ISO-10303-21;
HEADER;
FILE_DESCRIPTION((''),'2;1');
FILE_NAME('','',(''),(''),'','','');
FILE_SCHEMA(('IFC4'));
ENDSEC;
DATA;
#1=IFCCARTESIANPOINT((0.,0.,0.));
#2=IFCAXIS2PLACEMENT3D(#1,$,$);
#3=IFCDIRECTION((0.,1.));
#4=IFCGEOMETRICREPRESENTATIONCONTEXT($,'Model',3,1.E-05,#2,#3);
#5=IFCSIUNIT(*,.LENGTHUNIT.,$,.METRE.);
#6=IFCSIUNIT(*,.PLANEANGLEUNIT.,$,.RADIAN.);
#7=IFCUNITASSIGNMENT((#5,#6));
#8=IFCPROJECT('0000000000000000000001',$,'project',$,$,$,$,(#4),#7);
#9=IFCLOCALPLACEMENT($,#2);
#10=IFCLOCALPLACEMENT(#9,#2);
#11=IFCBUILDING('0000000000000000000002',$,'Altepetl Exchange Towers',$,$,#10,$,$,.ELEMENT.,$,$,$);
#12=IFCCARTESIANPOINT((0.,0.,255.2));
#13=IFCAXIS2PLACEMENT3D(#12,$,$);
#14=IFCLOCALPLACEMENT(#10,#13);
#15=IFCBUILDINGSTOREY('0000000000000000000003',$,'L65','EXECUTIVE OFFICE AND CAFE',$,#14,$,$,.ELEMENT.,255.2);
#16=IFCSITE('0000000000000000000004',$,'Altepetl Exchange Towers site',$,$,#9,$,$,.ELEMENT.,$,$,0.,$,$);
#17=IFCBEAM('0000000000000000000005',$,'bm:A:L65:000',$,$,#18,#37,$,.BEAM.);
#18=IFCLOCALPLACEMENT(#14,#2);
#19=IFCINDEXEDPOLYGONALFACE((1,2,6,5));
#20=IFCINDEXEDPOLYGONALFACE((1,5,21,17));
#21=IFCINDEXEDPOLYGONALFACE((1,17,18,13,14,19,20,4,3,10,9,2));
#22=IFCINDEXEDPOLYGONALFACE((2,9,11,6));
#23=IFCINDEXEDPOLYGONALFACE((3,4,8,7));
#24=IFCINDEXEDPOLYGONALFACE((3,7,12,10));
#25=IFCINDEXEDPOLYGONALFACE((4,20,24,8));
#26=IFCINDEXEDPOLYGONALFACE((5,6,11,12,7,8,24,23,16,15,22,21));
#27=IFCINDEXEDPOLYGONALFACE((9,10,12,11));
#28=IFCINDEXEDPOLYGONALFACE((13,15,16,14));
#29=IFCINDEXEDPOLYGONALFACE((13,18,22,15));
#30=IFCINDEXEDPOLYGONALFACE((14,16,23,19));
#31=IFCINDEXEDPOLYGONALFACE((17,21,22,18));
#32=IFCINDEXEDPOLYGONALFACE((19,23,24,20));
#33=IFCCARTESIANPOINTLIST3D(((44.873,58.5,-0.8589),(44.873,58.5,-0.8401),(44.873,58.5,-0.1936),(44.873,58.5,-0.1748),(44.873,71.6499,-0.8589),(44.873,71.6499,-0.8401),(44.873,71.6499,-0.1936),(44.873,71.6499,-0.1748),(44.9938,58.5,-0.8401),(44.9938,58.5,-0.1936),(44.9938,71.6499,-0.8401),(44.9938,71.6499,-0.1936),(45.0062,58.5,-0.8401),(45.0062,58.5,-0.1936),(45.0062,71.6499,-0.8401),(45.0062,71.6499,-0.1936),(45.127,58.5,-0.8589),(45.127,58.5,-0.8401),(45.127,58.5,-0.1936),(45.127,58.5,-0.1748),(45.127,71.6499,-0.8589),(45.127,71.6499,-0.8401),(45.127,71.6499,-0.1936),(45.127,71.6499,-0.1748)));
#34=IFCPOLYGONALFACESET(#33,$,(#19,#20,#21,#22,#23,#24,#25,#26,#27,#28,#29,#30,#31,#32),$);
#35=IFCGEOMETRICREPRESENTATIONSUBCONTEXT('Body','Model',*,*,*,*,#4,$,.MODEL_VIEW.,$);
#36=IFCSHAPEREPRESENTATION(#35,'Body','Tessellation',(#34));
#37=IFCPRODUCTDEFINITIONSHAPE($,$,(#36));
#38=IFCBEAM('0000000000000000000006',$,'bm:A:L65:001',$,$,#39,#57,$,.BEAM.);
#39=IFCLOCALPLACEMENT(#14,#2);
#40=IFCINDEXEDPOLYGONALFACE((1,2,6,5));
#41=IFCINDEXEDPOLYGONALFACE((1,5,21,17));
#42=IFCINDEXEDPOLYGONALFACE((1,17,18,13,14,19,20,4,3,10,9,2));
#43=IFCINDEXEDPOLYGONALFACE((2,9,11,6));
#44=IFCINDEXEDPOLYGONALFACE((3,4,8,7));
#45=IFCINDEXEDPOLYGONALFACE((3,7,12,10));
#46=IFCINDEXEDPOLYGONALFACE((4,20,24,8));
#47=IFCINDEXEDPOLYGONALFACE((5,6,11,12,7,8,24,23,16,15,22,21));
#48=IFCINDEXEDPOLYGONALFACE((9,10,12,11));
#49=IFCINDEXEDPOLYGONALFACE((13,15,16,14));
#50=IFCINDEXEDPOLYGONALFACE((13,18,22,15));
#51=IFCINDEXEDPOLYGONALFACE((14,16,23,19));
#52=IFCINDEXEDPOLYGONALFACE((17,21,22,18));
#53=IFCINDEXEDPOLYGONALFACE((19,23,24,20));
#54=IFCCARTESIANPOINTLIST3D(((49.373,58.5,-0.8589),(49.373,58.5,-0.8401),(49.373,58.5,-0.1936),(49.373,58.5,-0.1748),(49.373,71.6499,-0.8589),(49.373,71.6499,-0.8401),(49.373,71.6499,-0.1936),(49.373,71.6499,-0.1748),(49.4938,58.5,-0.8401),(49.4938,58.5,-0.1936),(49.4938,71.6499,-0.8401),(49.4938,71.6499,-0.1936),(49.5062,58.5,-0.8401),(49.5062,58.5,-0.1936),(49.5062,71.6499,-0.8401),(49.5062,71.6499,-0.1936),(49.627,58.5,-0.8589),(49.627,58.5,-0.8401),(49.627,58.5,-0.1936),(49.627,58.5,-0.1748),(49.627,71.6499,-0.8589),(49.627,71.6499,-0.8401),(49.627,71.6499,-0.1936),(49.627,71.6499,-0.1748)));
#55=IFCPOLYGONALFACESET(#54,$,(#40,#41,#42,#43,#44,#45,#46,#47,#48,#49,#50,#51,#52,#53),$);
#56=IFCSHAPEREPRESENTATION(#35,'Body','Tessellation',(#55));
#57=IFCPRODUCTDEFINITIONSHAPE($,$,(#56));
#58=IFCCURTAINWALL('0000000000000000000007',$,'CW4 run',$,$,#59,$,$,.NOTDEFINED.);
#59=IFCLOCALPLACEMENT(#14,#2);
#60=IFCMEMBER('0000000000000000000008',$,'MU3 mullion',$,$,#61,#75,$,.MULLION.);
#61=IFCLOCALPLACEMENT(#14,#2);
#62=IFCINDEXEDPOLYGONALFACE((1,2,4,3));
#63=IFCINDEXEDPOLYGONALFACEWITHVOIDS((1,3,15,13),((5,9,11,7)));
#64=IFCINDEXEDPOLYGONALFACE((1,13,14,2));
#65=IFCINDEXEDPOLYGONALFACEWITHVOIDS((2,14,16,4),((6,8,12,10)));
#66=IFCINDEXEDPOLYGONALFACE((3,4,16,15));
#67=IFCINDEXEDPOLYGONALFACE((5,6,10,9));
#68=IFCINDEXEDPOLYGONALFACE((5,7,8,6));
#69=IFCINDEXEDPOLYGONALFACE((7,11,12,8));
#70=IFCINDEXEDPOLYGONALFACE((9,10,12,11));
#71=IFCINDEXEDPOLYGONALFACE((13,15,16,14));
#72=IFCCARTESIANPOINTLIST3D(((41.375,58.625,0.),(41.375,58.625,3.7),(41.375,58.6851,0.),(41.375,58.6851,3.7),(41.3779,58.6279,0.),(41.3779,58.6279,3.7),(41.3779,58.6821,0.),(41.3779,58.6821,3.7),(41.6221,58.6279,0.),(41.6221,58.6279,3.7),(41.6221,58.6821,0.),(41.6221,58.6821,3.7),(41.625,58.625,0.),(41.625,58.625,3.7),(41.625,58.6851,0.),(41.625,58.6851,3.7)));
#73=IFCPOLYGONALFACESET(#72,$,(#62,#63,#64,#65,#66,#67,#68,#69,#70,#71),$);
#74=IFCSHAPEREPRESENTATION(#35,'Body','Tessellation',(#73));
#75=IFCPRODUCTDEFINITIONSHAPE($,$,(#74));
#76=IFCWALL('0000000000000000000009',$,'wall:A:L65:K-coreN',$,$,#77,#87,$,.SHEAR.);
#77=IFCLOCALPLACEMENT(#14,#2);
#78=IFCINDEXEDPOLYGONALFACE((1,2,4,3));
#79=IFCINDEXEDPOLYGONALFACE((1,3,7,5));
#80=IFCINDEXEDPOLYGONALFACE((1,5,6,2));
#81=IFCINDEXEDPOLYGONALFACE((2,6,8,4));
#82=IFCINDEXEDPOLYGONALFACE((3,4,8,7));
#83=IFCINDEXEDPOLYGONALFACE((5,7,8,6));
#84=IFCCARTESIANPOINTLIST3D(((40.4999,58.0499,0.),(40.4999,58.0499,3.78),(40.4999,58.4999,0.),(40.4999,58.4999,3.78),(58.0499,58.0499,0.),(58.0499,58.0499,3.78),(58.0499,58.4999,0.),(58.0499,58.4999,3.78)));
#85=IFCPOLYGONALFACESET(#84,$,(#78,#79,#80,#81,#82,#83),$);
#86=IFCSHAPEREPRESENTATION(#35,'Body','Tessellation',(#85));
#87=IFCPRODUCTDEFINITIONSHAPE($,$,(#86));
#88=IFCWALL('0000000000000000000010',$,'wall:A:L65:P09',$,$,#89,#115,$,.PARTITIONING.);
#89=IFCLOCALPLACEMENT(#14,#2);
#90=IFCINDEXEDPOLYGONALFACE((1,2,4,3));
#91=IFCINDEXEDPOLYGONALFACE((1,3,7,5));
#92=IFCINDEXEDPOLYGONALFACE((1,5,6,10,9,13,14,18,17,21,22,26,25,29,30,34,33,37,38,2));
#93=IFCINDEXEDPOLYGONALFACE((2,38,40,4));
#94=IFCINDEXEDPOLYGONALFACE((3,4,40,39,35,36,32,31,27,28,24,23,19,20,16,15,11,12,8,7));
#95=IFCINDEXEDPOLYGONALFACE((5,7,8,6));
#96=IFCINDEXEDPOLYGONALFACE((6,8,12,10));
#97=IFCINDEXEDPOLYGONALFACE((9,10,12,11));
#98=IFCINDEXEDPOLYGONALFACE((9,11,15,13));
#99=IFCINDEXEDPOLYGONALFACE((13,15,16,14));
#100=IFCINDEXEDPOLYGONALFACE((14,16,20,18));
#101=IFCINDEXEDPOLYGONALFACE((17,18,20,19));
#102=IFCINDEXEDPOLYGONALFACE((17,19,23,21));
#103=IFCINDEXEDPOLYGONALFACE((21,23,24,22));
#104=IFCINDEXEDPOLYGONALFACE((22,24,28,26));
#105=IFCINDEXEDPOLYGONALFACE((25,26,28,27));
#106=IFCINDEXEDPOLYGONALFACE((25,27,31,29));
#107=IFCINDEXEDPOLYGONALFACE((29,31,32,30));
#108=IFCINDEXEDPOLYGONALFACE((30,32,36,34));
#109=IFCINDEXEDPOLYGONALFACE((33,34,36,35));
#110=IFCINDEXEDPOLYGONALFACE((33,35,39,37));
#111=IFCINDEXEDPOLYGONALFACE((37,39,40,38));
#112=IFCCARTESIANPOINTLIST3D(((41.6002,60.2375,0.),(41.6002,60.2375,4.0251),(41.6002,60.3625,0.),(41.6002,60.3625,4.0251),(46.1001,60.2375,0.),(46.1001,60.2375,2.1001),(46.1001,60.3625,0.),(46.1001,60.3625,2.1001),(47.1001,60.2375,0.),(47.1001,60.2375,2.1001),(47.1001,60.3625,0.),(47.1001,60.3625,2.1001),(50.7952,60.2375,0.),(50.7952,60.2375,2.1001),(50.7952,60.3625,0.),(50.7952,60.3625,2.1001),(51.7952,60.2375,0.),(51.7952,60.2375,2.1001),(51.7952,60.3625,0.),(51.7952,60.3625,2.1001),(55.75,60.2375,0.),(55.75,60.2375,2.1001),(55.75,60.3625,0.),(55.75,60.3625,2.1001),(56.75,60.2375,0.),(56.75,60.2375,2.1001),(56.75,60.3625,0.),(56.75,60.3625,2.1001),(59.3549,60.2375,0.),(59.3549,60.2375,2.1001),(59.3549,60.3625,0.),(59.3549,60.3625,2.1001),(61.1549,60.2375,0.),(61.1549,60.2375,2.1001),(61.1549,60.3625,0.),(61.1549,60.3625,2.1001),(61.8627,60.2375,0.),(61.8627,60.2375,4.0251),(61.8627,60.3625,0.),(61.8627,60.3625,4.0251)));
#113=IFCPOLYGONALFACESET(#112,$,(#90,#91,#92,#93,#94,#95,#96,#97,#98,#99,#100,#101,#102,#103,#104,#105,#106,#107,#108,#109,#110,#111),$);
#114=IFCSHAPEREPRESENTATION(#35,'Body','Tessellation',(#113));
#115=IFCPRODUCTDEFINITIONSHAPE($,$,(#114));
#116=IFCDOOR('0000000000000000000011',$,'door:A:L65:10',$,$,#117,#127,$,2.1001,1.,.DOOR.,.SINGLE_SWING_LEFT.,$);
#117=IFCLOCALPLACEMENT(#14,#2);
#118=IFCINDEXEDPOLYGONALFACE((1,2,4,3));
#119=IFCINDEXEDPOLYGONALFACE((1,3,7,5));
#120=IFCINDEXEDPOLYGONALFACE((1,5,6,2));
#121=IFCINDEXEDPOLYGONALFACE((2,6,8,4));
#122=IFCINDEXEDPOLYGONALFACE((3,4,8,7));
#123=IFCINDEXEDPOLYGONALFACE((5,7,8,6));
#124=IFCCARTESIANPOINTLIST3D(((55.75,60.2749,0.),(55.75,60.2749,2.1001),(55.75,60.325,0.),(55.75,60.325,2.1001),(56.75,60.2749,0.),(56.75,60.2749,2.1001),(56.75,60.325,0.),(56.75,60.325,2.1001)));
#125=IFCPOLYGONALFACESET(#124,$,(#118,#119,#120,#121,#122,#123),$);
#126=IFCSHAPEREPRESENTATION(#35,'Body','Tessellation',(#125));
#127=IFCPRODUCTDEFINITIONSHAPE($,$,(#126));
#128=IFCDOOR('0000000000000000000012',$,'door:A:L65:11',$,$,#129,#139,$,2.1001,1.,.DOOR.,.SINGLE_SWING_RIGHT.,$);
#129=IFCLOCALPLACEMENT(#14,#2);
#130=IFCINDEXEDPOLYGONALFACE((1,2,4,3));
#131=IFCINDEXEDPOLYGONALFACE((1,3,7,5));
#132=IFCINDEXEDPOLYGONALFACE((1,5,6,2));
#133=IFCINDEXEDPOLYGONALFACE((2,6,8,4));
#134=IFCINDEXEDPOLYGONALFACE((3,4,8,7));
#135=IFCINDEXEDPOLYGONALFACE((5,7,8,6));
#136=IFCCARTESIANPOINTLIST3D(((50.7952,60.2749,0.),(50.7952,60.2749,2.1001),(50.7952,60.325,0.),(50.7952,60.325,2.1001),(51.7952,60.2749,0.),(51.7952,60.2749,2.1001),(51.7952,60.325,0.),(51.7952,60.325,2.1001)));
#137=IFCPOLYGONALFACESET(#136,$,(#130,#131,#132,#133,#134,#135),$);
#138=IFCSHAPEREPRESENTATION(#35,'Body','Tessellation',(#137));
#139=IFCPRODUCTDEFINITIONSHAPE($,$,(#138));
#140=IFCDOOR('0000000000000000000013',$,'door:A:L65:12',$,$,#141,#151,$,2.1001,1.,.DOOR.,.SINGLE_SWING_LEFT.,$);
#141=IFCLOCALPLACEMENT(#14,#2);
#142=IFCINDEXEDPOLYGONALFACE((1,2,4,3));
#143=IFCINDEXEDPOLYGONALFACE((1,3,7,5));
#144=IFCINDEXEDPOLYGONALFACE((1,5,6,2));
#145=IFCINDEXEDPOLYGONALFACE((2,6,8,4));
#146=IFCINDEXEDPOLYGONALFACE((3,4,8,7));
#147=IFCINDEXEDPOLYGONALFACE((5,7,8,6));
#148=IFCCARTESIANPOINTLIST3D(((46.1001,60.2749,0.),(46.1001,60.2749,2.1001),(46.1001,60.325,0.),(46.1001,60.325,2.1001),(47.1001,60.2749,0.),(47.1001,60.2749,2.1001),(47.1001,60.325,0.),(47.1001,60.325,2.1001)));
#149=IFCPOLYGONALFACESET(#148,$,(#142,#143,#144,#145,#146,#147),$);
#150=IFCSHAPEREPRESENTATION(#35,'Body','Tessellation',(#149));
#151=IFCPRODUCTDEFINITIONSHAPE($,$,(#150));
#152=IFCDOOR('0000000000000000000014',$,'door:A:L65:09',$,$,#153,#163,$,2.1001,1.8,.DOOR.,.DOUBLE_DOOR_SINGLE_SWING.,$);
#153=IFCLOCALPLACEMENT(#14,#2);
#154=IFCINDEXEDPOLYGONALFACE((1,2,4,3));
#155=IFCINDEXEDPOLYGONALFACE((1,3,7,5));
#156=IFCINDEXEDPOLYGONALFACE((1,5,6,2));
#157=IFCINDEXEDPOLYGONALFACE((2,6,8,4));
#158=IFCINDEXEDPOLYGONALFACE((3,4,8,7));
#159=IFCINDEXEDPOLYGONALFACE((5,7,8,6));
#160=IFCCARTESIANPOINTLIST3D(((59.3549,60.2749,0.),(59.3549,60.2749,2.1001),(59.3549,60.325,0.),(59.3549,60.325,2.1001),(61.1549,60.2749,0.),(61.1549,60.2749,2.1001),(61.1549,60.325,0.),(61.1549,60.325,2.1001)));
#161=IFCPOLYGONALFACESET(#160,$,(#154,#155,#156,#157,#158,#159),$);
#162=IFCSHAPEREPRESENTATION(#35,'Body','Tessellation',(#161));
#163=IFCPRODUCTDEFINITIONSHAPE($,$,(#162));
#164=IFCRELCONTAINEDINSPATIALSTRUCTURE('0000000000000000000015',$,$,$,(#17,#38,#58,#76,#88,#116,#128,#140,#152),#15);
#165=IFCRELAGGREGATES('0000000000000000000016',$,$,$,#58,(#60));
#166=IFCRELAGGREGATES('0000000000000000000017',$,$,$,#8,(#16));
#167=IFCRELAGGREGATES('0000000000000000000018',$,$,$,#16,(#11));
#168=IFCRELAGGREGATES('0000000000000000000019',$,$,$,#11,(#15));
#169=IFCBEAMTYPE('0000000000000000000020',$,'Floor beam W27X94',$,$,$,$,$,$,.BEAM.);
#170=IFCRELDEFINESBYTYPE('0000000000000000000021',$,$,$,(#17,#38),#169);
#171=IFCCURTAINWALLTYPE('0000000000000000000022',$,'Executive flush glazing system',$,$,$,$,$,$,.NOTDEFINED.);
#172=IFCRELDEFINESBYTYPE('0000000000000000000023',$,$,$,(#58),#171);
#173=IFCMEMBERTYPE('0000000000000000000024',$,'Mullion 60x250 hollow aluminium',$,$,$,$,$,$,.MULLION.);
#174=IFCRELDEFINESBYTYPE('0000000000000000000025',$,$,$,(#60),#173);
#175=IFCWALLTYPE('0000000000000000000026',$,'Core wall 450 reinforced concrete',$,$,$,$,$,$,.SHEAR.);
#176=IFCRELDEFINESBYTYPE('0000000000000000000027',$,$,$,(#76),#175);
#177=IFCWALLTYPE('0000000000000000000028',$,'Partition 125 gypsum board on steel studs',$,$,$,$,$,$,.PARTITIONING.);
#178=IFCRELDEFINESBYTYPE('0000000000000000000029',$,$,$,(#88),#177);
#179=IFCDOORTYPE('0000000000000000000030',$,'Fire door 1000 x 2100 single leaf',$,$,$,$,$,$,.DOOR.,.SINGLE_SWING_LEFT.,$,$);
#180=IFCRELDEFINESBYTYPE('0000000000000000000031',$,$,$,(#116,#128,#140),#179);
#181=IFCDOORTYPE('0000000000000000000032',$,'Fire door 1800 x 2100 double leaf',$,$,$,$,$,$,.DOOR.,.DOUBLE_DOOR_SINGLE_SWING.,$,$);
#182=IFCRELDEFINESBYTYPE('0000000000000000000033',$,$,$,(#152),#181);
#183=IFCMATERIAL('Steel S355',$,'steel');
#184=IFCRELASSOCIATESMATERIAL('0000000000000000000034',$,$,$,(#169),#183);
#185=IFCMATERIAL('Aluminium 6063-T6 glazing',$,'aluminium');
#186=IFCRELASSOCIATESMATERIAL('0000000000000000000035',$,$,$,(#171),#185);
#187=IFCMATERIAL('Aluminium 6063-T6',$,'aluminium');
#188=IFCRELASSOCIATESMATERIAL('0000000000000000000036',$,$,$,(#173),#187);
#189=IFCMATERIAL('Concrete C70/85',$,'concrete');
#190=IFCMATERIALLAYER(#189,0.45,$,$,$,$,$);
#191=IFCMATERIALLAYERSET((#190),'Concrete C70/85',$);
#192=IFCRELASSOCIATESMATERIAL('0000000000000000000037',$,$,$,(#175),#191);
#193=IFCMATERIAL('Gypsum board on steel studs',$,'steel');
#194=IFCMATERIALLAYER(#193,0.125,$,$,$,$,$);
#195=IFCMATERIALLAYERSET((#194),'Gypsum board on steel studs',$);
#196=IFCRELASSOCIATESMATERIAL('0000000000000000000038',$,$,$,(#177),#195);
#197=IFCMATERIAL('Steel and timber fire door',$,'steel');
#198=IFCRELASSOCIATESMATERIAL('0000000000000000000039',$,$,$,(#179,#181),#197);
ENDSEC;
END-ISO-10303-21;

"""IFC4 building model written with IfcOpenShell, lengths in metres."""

from ifc_helpers import new_model, si_unit, direction, frame, frame_2d, origin, origin_2d, place, context, subcontext, project, spatial, rectangle, hollow_rectangle, i_section, extrude, material, layer, layer_set, material_profile, profile_set, type_object, element, fill, aggregate, save


model = new_model("IFC4")

# Units and contexts
model_context = context("Model", 3, precision=1e-05, world=origin(), true_north=direction((0.0, 1.0)))
body_context = subcontext(model_context, "Body", "Model", "MODEL_VIEW")
ifc_project = project(units=[si_unit("LENGTHUNIT", "METRE"), si_unit("PLANEANGLEUNIT", "RADIAN")], contexts=[model_context])

# Site, building, storey
site_placement = place(None, origin())
site = spatial("IfcSite", under=ifc_project, at=site_placement, Name="Altepetl Exchange Towers site", CompositionType="ELEMENT", RefElevation=0.0)
building_placement = place(site_placement, origin())
building = spatial("IfcBuilding", under=site, at=building_placement, Name="Altepetl Exchange Towers", CompositionType="ELEMENT")
storey_placement = place(building_placement, frame((0.0, 0.0, 255.2)))
storey = spatial("IfcBuildingStorey", under=building, at=storey_placement, Name="L65", Description="EXECUTIVE OFFICE AND CAFE", CompositionType="ELEMENT", Elevation=255.2)

# Beams
ifc_material_1 = material(Name="Steel S355", Category="steel")
ifc_material_profile_1 = material_profile(ifc_material_1, i_section(OverallWidth=0.2539, OverallDepth=0.6841, WebThickness=0.0125, FlangeThickness=0.0188, at=origin_2d()), Name="W27X94")
ifc_profile_set_1 = profile_set([ifc_material_profile_1], Name="Steel S355")
beam_type = type_object("IfcBeamType", Name="Floor beam W27X94", PredefinedType="BEAM", material=ifc_profile_set_1)
for number, where, z_axis, x_axis, name in (
    (1, (45.0, 58.5, -0.5168), (0.0, 1.0, 0.0), (-1.0, 0.0, 0.0), "bm:A:L65:000"),
    (2, (49.5, 58.5, -0.5168), (0.0, 1.0, 0.0), (-1.0, 0.0, 0.0), "bm:A:L65:001"),
):
    element("IfcBeam", number, at=place(storey_placement, frame(where, z_axis=z_axis, x_axis=x_axis)), inside=storey, type_object=beam_type, Name=name, PredefinedType="BEAM", context=body_context, shape_type="SweptSolid", body=[
        extrude(i_section(OverallWidth=0.2539, OverallDepth=0.6841, WebThickness=0.0125, FlangeThickness=0.0188, at=origin_2d()), origin(), (0.0, 0.0, 1.0), 13.1499),
    ])

# Curtain wall, member
ifc_material_2 = material(Name="Aluminium 6063-T6 glazing", Category="aluminium")
curtain_wall_type = type_object("IfcCurtainWallType", Name="Executive flush glazing system", PredefinedType="NOTDEFINED", material=ifc_material_2)
curtain_wall_placement = place(storey_placement, origin())
curtain_wall = element("IfcCurtainWall", 3, at=curtain_wall_placement, inside=storey, type_object=curtain_wall_type, Name="CW4 run", PredefinedType="NOTDEFINED")
ifc_material_3 = material(Name="Aluminium 6063-T6", Category="aluminium")
ifc_material_profile_2 = material_profile(ifc_material_3, hollow_rectangle(XDim=0.0601, YDim=0.25, WallThickness=0.0029, at=origin_2d()), Name="Mullion 60x250 hollow aluminium")
ifc_profile_set_2 = profile_set([ifc_material_profile_2], Name="Aluminium 6063-T6")
member_type = type_object("IfcMemberType", Name="Mullion 60x250 hollow aluminium", PredefinedType="MULLION", material=ifc_profile_set_2)
member_placement = place(storey_placement, frame((41.5, 58.655, 0.0), z_axis=(0.0, 0.0, 1.0), x_axis=(0.0, -1.0, 0.0)))
member = element("IfcMember", 4, at=member_placement, type_object=member_type, Name="MU3 mullion", PredefinedType="MULLION", context=body_context, shape_type="SweptSolid", body=[
    extrude(hollow_rectangle(XDim=0.0601, YDim=0.25, WallThickness=0.0029, at=origin_2d()), origin(), (0.0, 0.0, 1.0), 3.7),
])
aggregate(curtain_wall, [member])

# Wall
ifc_material_4 = material(Name="Concrete C70/85", Category="concrete")
ifc_layer_1 = layer(ifc_material_4, 0.45)
ifc_layer_set_1 = layer_set([ifc_layer_1], Name="Concrete C70/85")
wall_type_1 = type_object("IfcWallType", Name="Core wall 450 reinforced concrete", PredefinedType="SHEAR", material=ifc_layer_set_1)
wall_1_placement = place(storey_placement, frame((40.5, 58.2749, 0.0)))
element("IfcWall", 5, at=wall_1_placement, inside=storey, type_object=wall_type_1, Name="wall:A:L65:K-coreN", PredefinedType="SHEAR", context=body_context, shape_type="SweptSolid", body=[
    extrude(rectangle(XDim=17.55, YDim=0.45, at=frame_2d((8.7749, 0.0))), origin(), (0.0, 0.0, 1.0), 3.78),
])

# Wall, openings, doors
ifc_material_5 = material(Name="Gypsum board on steel studs", Category="steel")
ifc_layer_2 = layer(ifc_material_5, 0.125)
ifc_layer_set_2 = layer_set([ifc_layer_2], Name="Gypsum board on steel studs")
wall_type_2 = type_object("IfcWallType", Name="Partition 125 gypsum board on steel studs", PredefinedType="PARTITIONING", material=ifc_layer_set_2)
wall_2_placement = place(storey_placement, frame((41.6001, 60.3, 0.0)))
wall_2 = element("IfcWall", 6, at=wall_2_placement, inside=storey, type_object=wall_type_2, Name="wall:A:L65:P09", PredefinedType="PARTITIONING", context=body_context, shape_type="SweptSolid", body=[
    extrude(rectangle(XDim=20.2625, YDim=0.125, at=frame_2d((10.1313, 0.0))), origin(), (0.0, 0.0, 1.0), 4.0251),
])
opening_1_placement = place(wall_2_placement, frame((17.7549, 0.0, 0.0)))
opening_1 = element("IfcOpeningElement", 7, at=opening_1_placement, cuts=wall_2, PredefinedType="OPENING", context=body_context, shape_type="SweptSolid", body=[
    extrude(rectangle(XDim=1.8, YDim=2.1001, at=frame_2d((0.8999, 1.05))), frame((0.0, 0.0725, 0.0), z_axis=(0.0, -1.0, 0.0), x_axis=(1.0, 0.0, 0.0)), (0.0, 0.0, 1.0), 0.145),
])
opening_2_placement = place(wall_2_placement, frame((14.1499, 0.0, 0.0)))
opening_2 = element("IfcOpeningElement", 8, at=opening_2_placement, cuts=wall_2, PredefinedType="OPENING", context=body_context, shape_type="SweptSolid", body=[
    extrude(rectangle(XDim=1.0, YDim=2.1001, at=frame_2d((0.5, 1.05))), frame((0.0, 0.0725, 0.0), z_axis=(0.0, -1.0, 0.0), x_axis=(1.0, 0.0, 0.0)), (0.0, 0.0, 1.0), 0.145),
])
opening_3_placement = place(wall_2_placement, frame((9.1951, 0.0, 0.0)))
opening_3 = element("IfcOpeningElement", 9, at=opening_3_placement, cuts=wall_2, PredefinedType="OPENING", context=body_context, shape_type="SweptSolid", body=[
    extrude(rectangle(XDim=1.0, YDim=2.1001, at=frame_2d((0.5, 1.05))), frame((0.0, 0.0725, 0.0), z_axis=(0.0, -1.0, 0.0), x_axis=(1.0, 0.0, 0.0)), (0.0, 0.0, 1.0), 0.145),
])
opening_4_placement = place(wall_2_placement, frame((4.5, 0.0, 0.0)))
opening_4 = element("IfcOpeningElement", 10, at=opening_4_placement, cuts=wall_2, PredefinedType="OPENING", context=body_context, shape_type="SweptSolid", body=[
    extrude(rectangle(XDim=1.0, YDim=2.1001, at=frame_2d((0.5, 1.05))), frame((0.0, 0.0725, 0.0), z_axis=(0.0, -1.0, 0.0), x_axis=(1.0, 0.0, 0.0)), (0.0, 0.0, 1.0), 0.145),
])
ifc_material_6 = material(Name="Steel and timber fire door", Category="steel")
door_type_1 = type_object("IfcDoorType", Name="Fire door 1000 x 2100 single leaf", OperationType="SINGLE_SWING_LEFT", PredefinedType="DOOR", material=ifc_material_6)
door_1_placement = place(opening_2_placement, origin())
door_1 = element("IfcDoor", 11, at=door_1_placement, inside=storey, type_object=door_type_1, Name="door:A:L65:10", OperationType="SINGLE_SWING_LEFT", OverallHeight=2.1001, OverallWidth=1.0, PredefinedType="DOOR", context=body_context, shape_type="SweptSolid", body=[
    extrude(rectangle(XDim=1.0, YDim=2.1001, at=frame_2d((0.5, 1.05))), frame((0.0, 0.0249, 0.0), z_axis=(0.0, -1.0, 0.0), x_axis=(1.0, 0.0, 0.0)), (0.0, 0.0, 1.0), 0.05),
])
fill(opening_2, door_1)
door_2_placement = place(opening_3_placement, origin())
door_2 = element("IfcDoor", 12, at=door_2_placement, inside=storey, type_object=door_type_1, Name="door:A:L65:11", OperationType="SINGLE_SWING_RIGHT", OverallHeight=2.1001, OverallWidth=1.0, PredefinedType="DOOR", context=body_context, shape_type="SweptSolid", body=[
    extrude(rectangle(XDim=1.0, YDim=2.1001, at=frame_2d((0.5, 1.05))), frame((0.0, 0.0249, 0.0), z_axis=(0.0, -1.0, 0.0), x_axis=(1.0, 0.0, 0.0)), (0.0, 0.0, 1.0), 0.05),
])
fill(opening_3, door_2)
door_3_placement = place(opening_4_placement, origin())
door_3 = element("IfcDoor", 13, at=door_3_placement, inside=storey, type_object=door_type_1, Name="door:A:L65:12", OperationType="SINGLE_SWING_LEFT", OverallHeight=2.1001, OverallWidth=1.0, PredefinedType="DOOR", context=body_context, shape_type="SweptSolid", body=[
    extrude(rectangle(XDim=1.0, YDim=2.1001, at=frame_2d((0.5, 1.05))), frame((0.0, 0.0249, 0.0), z_axis=(0.0, -1.0, 0.0), x_axis=(1.0, 0.0, 0.0)), (0.0, 0.0, 1.0), 0.05),
])
fill(opening_4, door_3)
door_type_2 = type_object("IfcDoorType", Name="Fire door 1800 x 2100 double leaf", OperationType="DOUBLE_DOOR_SINGLE_SWING", PredefinedType="DOOR", material=ifc_material_6)
door_4_placement = place(opening_1_placement, origin())
door_4 = element("IfcDoor", 14, at=door_4_placement, inside=storey, type_object=door_type_2, Name="door:A:L65:09", OperationType="DOUBLE_DOOR_SINGLE_SWING", OverallHeight=2.1001, OverallWidth=1.8, PredefinedType="DOOR", context=body_context, shape_type="SweptSolid", body=[
    extrude(rectangle(XDim=1.8, YDim=2.1001, at=frame_2d((0.8999, 1.05))), frame((0.0, 0.0249, 0.0), z_axis=(0.0, -1.0, 0.0), x_axis=(1.0, 0.0, 0.0)), (0.0, 0.0, 1.0), 0.05),
])
fill(opening_1, door_4)

save(model, "model.ifc")
